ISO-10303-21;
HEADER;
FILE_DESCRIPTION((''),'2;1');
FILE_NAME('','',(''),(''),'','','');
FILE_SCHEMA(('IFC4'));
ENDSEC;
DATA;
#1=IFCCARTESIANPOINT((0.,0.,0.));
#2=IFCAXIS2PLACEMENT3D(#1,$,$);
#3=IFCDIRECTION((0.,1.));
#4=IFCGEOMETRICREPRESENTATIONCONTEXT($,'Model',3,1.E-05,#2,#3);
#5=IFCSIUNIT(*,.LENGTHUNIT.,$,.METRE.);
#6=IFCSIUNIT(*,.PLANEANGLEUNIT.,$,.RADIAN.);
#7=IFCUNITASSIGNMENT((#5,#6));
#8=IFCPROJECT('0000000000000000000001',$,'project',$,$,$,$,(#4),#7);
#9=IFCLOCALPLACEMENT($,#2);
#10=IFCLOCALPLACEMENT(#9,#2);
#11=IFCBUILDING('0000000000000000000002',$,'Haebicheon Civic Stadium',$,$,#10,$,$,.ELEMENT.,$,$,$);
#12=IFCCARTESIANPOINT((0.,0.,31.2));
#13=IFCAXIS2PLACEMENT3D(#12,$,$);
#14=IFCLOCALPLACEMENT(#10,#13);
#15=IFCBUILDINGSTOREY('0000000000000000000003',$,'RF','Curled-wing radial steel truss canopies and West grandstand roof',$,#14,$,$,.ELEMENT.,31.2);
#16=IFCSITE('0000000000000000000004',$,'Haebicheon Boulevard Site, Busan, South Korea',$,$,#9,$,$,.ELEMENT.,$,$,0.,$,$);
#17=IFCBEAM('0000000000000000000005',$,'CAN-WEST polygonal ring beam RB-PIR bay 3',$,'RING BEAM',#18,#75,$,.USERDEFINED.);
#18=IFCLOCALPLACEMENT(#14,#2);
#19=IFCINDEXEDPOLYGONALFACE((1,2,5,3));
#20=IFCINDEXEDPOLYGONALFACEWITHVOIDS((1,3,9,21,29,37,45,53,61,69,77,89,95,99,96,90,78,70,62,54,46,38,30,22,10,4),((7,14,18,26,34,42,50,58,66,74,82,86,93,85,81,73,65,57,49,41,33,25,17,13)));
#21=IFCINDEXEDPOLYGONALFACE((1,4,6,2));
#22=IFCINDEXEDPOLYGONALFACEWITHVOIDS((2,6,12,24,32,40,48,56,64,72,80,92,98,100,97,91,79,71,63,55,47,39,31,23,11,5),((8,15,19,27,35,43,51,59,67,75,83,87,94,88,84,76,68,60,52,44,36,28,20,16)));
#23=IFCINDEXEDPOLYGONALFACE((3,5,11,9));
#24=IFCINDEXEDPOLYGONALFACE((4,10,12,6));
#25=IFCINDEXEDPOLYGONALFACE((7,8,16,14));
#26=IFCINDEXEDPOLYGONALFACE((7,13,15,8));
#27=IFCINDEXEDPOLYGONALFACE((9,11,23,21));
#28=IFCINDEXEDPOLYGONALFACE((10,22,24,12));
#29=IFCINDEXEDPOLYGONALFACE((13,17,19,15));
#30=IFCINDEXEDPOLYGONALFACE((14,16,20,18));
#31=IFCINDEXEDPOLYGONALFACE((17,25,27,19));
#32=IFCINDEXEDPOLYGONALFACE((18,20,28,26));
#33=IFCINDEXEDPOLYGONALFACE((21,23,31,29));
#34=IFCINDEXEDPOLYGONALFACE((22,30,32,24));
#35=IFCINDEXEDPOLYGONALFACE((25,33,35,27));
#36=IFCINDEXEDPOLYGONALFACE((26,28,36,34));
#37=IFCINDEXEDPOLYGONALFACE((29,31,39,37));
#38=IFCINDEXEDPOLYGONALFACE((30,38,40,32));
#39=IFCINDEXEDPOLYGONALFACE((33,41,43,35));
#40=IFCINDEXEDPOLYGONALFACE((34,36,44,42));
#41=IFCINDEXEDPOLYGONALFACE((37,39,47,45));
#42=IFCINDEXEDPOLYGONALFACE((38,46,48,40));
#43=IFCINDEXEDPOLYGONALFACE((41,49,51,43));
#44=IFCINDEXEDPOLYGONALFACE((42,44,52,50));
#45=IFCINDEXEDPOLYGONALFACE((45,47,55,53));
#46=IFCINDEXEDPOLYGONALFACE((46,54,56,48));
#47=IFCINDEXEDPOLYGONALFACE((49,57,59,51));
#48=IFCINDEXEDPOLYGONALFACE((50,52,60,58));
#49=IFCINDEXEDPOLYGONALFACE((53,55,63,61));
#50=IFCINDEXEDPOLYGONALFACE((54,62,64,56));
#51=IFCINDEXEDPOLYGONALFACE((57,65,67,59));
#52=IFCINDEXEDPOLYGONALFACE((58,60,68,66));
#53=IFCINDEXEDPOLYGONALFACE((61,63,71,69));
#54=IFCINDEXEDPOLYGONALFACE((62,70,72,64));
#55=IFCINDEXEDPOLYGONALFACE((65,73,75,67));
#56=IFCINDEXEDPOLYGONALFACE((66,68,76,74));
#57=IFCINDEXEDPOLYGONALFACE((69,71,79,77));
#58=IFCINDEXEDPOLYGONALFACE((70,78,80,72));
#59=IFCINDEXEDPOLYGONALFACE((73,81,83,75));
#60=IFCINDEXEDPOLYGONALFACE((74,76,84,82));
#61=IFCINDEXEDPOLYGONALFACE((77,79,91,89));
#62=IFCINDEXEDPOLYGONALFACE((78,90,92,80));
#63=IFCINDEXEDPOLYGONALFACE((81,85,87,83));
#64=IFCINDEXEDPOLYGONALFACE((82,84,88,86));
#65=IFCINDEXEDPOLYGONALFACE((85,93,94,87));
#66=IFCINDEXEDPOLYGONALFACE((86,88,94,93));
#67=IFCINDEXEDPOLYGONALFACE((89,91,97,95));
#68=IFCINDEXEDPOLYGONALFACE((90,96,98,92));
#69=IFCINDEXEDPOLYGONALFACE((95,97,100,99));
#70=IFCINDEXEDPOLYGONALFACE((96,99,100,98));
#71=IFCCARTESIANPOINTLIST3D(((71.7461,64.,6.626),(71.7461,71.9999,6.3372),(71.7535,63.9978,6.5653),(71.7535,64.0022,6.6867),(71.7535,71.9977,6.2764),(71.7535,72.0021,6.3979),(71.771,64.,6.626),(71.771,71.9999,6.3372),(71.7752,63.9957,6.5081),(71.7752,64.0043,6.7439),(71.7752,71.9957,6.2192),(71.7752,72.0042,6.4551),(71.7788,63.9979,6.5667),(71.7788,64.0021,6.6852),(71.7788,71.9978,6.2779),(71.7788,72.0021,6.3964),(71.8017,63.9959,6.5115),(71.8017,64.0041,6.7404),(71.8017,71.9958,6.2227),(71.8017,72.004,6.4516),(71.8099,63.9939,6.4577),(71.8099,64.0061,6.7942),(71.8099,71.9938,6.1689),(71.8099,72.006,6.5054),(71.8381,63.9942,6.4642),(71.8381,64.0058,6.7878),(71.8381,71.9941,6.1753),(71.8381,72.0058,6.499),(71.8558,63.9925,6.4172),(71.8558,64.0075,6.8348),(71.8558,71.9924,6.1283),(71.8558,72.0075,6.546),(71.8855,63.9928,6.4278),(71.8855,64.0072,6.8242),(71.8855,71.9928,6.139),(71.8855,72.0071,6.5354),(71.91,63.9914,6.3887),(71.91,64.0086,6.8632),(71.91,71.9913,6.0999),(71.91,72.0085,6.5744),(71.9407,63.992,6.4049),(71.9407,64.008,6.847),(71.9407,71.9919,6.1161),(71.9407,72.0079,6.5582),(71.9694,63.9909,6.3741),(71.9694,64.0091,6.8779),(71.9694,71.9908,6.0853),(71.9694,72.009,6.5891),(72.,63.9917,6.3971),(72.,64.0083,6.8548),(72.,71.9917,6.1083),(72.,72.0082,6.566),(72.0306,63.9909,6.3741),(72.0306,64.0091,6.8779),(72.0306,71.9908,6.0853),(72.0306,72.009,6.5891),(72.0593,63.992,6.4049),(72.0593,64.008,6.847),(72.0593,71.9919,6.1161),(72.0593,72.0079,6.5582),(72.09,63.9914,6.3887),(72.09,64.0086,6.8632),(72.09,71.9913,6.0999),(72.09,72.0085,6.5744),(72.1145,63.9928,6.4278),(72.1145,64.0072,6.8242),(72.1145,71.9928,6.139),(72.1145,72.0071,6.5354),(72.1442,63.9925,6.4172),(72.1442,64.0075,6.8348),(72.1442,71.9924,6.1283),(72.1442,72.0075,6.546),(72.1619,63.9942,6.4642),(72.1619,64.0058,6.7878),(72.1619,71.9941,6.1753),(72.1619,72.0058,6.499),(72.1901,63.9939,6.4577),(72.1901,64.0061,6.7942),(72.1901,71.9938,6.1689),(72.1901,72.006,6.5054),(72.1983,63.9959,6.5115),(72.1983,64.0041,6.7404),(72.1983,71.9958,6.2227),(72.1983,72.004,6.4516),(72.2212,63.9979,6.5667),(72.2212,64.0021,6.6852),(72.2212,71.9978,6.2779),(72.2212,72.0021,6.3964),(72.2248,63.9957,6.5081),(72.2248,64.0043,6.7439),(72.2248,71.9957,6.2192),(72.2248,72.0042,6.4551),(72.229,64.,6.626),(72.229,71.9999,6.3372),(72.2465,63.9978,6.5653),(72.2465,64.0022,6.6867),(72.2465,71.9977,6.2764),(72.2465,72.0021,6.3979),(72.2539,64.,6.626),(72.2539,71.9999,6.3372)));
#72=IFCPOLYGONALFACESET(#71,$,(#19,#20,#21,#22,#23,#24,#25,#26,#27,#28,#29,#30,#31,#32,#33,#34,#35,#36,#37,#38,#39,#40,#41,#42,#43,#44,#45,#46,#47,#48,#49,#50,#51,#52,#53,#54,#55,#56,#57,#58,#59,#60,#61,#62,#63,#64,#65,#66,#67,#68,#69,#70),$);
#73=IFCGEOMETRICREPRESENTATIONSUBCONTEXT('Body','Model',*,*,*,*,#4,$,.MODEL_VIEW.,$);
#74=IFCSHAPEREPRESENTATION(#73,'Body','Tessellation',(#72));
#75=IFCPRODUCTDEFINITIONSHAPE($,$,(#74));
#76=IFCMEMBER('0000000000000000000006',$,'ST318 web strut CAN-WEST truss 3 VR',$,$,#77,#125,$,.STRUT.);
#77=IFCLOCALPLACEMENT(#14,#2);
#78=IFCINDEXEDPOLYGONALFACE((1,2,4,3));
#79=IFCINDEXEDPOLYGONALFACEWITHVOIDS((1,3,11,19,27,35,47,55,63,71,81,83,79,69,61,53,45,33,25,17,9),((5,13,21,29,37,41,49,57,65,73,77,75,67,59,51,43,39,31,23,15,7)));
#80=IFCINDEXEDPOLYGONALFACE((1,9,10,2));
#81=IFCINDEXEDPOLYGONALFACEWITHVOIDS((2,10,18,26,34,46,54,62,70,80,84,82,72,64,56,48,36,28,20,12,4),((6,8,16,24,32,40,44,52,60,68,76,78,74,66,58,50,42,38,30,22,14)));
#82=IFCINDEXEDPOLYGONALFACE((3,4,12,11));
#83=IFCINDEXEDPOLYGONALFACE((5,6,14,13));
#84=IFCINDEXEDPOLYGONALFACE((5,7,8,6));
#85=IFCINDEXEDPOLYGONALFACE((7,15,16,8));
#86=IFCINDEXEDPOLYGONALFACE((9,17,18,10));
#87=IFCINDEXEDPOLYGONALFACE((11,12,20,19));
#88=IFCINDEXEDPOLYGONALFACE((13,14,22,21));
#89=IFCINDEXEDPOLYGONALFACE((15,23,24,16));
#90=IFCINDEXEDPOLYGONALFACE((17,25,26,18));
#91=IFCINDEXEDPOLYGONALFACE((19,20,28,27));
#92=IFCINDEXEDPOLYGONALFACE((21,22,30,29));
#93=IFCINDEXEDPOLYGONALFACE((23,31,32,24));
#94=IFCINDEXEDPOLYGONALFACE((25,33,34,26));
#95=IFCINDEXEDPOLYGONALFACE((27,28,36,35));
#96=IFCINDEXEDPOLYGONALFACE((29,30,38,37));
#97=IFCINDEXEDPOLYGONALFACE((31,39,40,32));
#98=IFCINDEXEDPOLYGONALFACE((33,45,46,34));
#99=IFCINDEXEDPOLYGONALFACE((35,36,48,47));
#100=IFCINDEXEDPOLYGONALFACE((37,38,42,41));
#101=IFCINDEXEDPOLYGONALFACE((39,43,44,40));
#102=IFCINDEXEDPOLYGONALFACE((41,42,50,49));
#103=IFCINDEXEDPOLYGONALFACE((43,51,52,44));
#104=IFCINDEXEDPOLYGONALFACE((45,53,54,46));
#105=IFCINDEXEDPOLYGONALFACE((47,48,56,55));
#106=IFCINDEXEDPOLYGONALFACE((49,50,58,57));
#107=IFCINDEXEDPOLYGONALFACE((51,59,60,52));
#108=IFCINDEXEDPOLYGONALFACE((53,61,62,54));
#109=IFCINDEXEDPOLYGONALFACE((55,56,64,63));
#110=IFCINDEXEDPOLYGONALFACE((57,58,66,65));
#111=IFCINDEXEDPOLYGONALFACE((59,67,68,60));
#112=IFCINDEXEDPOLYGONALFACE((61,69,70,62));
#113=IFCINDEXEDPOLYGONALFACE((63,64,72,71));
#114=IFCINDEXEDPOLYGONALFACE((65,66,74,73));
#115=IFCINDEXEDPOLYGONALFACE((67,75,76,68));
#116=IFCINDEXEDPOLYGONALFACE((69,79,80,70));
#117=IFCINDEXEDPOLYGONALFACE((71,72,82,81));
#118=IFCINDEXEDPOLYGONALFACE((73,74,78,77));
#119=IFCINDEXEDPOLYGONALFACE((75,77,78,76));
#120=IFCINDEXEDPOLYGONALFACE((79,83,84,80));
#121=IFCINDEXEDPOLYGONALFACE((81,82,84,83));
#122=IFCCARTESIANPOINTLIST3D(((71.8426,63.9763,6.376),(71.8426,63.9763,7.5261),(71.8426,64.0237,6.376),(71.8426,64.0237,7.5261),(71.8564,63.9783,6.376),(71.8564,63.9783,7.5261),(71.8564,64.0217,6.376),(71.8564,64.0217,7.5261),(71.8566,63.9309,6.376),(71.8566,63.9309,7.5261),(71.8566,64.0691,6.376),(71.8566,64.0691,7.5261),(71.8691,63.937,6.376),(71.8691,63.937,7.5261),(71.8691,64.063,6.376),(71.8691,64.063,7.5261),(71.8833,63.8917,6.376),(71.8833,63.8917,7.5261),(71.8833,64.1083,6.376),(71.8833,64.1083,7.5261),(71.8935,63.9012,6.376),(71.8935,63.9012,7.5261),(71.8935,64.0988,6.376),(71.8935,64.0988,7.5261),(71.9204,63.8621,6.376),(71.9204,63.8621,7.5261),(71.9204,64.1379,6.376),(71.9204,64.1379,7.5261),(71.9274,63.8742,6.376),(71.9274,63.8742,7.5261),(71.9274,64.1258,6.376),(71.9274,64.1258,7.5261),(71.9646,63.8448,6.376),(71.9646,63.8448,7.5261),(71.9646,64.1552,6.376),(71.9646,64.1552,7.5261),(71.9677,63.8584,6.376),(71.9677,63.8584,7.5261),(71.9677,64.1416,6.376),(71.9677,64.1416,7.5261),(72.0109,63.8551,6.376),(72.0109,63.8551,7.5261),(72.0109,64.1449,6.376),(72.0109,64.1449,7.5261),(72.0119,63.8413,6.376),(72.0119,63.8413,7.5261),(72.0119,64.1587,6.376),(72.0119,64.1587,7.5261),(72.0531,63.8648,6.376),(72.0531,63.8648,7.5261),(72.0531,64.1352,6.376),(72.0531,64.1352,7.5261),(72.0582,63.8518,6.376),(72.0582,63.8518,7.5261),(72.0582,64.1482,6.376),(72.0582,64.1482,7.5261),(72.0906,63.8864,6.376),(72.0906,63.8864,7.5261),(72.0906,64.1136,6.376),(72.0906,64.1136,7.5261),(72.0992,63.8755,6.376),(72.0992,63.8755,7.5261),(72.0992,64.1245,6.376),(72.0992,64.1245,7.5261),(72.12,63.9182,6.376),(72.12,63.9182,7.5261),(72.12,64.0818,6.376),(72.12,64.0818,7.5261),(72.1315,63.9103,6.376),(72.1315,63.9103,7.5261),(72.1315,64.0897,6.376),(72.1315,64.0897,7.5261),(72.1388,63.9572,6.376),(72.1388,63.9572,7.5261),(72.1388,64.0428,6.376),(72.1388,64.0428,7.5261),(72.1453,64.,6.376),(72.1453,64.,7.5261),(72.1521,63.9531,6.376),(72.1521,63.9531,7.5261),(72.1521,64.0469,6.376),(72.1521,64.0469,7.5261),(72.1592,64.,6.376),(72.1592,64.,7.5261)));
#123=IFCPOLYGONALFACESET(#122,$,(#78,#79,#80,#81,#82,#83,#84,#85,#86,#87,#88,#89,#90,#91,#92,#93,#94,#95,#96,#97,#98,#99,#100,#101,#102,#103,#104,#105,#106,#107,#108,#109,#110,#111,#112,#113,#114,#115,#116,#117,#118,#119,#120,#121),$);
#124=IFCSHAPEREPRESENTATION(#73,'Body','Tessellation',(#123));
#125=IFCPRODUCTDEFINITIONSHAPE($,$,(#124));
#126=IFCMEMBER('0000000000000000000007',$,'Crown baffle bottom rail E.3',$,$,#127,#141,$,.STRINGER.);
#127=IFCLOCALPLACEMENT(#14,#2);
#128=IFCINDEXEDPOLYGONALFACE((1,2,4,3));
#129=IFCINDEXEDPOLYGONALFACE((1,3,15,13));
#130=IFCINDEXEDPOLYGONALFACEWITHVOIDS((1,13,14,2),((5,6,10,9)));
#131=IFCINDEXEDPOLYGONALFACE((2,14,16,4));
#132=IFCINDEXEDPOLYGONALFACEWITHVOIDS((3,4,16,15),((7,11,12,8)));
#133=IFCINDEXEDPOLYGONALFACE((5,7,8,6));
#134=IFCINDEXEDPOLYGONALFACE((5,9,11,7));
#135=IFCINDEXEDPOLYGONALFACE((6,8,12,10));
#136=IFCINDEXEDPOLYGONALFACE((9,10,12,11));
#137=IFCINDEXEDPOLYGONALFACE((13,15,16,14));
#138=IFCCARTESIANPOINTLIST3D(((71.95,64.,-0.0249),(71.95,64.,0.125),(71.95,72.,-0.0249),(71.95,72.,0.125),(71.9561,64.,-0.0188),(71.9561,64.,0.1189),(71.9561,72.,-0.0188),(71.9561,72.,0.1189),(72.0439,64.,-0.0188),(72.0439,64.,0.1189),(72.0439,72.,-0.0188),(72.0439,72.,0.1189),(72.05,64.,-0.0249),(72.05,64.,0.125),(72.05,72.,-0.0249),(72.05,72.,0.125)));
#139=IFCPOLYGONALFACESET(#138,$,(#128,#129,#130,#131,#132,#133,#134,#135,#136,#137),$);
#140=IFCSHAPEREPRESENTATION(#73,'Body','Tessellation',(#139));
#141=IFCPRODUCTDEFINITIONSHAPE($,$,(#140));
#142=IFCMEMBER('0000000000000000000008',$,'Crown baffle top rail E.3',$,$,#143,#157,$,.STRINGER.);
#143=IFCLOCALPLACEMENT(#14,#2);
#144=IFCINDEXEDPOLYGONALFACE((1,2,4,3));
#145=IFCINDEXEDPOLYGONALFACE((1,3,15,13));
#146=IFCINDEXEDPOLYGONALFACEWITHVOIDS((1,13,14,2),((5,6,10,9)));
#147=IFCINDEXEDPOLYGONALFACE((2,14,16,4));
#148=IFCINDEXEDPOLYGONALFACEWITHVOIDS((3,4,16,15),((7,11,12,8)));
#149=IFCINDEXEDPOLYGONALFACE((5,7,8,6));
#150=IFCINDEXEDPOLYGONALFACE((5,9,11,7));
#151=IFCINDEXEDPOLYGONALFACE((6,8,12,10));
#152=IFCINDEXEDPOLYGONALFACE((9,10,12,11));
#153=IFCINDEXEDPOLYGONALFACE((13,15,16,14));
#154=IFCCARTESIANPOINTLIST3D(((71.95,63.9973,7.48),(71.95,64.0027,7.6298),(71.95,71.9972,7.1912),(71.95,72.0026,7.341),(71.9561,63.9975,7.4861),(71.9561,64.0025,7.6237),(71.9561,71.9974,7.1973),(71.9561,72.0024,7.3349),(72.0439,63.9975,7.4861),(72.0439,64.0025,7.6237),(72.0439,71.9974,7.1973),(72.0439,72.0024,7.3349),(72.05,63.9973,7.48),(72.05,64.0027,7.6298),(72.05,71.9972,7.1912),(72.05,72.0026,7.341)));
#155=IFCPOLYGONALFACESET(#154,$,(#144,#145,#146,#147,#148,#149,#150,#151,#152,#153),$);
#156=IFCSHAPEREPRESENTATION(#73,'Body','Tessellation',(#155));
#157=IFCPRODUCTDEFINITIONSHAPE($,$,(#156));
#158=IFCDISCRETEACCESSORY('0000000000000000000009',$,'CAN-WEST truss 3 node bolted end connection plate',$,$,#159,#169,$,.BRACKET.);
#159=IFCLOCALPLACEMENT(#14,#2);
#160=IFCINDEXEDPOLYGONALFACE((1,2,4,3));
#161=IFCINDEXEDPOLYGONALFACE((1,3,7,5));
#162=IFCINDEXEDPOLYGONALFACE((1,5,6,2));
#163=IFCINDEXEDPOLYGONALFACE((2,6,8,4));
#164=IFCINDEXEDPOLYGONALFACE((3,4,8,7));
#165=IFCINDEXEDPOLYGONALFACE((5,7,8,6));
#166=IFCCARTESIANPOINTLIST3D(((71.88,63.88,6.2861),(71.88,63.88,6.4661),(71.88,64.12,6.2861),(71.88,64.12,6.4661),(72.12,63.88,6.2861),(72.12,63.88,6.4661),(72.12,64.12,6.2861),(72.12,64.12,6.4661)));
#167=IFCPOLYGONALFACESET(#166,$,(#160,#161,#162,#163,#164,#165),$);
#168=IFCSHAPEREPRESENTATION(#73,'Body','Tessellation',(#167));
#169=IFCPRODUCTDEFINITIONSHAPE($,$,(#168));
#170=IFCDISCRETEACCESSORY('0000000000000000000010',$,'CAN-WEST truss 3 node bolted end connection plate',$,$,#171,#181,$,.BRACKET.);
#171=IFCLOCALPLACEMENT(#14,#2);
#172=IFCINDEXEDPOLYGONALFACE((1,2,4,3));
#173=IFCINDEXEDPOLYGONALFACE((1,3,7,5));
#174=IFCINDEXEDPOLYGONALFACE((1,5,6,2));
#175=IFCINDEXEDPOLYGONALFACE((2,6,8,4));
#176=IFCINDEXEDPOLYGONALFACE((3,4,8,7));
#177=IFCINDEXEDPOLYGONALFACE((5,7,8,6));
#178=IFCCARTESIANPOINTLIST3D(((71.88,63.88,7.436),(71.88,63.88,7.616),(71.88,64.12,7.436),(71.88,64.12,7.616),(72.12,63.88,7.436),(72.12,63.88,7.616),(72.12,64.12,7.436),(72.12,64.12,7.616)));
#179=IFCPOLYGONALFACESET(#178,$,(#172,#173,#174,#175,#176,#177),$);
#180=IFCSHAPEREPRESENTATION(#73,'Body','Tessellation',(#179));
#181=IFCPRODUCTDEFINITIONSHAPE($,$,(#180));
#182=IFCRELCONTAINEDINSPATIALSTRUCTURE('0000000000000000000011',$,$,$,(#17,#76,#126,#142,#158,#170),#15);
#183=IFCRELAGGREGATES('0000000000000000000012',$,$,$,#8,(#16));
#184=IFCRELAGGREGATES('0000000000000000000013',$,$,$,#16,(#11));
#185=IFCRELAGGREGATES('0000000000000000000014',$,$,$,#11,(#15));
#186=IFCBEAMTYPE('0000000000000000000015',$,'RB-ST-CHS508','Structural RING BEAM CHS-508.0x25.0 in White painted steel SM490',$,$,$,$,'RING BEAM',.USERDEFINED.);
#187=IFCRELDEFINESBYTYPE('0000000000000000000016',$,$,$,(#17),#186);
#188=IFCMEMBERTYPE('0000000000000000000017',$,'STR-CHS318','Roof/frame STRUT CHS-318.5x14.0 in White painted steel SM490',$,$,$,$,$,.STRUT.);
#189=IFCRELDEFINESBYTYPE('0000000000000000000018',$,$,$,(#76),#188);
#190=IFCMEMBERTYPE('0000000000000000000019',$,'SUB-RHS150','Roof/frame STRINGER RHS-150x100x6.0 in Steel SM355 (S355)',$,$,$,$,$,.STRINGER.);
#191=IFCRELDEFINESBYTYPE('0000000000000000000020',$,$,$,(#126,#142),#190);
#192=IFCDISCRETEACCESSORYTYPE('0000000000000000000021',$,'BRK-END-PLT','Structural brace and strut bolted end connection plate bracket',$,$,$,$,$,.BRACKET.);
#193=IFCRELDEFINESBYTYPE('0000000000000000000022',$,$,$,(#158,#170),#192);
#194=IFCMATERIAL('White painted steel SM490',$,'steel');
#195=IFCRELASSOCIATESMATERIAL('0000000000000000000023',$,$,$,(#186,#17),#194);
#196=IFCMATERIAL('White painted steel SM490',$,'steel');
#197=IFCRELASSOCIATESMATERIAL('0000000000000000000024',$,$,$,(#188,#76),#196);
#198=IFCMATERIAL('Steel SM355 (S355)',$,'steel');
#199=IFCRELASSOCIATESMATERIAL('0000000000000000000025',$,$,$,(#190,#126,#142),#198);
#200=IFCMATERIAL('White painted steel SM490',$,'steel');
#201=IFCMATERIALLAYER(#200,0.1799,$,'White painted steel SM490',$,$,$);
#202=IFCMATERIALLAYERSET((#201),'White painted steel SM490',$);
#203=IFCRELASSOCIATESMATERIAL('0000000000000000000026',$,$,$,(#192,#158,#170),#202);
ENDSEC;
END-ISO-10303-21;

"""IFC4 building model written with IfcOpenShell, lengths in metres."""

from ifc_helpers import new_model, si_unit, direction, frame, origin, origin_2d, place, context, subcontext, project, spatial, rectangle, hollow_rectangle, hollow_circle, extrude, material, layer, layer_set, material_profile, profile_set, type_object, element, save


model = new_model("IFC4")

# Units and contexts
model_context = context("Model", 3, precision=1e-05, world=origin(), true_north=direction((0.0, 1.0)))
body_context = subcontext(model_context, "Body", "Model", "MODEL_VIEW")
ifc_project = project(units=[si_unit("LENGTHUNIT", "METRE"), si_unit("PLANEANGLEUNIT", "RADIAN")], contexts=[model_context])

# Site, building, storey
site_placement = place(None, origin())
site = spatial("IfcSite", under=ifc_project, at=site_placement, Name="Haebicheon Boulevard Site, Busan, South Korea", CompositionType="ELEMENT", RefElevation=0.0)
building_placement = place(site_placement, origin())
building = spatial("IfcBuilding", under=site, at=building_placement, Name="Haebicheon Civic Stadium", CompositionType="ELEMENT")
storey_placement = place(building_placement, frame((0.0, 0.0, 31.2)))
storey = spatial("IfcBuildingStorey", under=building, at=storey_placement, Name="RF", Description="Curled-wing radial steel truss canopies and West grandstand roof", CompositionType="ELEMENT", Elevation=31.2)

# Beam
ifc_material_1 = material(Name="White painted steel SM490", Category="steel")
ifc_material_profile_1 = material_profile(ifc_material_1, hollow_circle(Radius=0.2539, WallThickness=0.0249, at=origin_2d()), Name="CHS-508.0x25.0")
ifc_profile_set_1 = profile_set([ifc_material_profile_1], Name="White painted steel SM490")
beam_type = type_object("IfcBeamType", Name="RB-ST-CHS508", Description="Structural RING BEAM CHS-508.0x25.0 in White painted steel SM490", ElementType="RING BEAM", PredefinedType="USERDEFINED", material=ifc_profile_set_1)
beam_placement = place(storey_placement, frame((72.0, 64.0, 6.626), z_axis=(0.0, 0.999349, -0.036079), x_axis=(-1.0, 0.0, 0.0)))
element("IfcBeam", 1, at=beam_placement, inside=storey, type_object=beam_type, material=ifc_profile_set_1, Name="CAN-WEST polygonal ring beam RB-PIR bay 3", ObjectType="RING BEAM", PredefinedType="USERDEFINED", context=body_context, shape_type="SweptSolid", body=[
    extrude(hollow_circle(Radius=0.2539, WallThickness=0.0249, at=origin_2d()), origin(), (0.0, 0.0, 1.0), 8.0051),
])

# Members
ifc_material_2 = material(Name="White painted steel SM490", Category="steel")
ifc_material_profile_2 = material_profile(ifc_material_2, hollow_circle(Radius=0.1592, WallThickness=0.0139, at=origin_2d()), Name="CHS-318.5x14.0")
ifc_profile_set_2 = profile_set([ifc_material_profile_2], Name="White painted steel SM490")
member_type_1 = type_object("IfcMemberType", Name="STR-CHS318", Description="Roof/frame STRUT CHS-318.5x14.0 in White painted steel SM490", PredefinedType="STRUT", material=ifc_profile_set_2)
member_1_placement = place(storey_placement, frame((72.0, 64.0, 6.376), z_axis=(0.0, 0.0, 1.0), x_axis=(1.0, 0.0, 0.0)))
element("IfcMember", 2, at=member_1_placement, inside=storey, type_object=member_type_1, material=ifc_profile_set_2, Name="ST318 web strut CAN-WEST truss 3 VR", PredefinedType="STRUT", context=body_context, shape_type="SweptSolid", body=[
    extrude(hollow_circle(Radius=0.1592, WallThickness=0.0139, at=origin_2d()), origin(), (0.0, 0.0, 1.0), 1.1501),
])
ifc_material_3 = material(Name="Steel SM355 (S355)", Category="steel")
ifc_material_profile_3 = material_profile(ifc_material_3, hollow_rectangle(XDim=0.1001, YDim=0.1499, WallThickness=0.0061, at=origin_2d()), Name="RHS-150x100x6.0")
ifc_profile_set_3 = profile_set([ifc_material_profile_3], Name="Steel SM355 (S355)")
member_type_2 = type_object("IfcMemberType", Name="SUB-RHS150", Description="Roof/frame STRINGER RHS-150x100x6.0 in Steel SM355 (S355)", PredefinedType="STRINGER", material=ifc_profile_set_3)
member_2_placement = place(storey_placement, frame((72.0, 64.0, 0.05), z_axis=(0.0, 1.0, 0.0), x_axis=(-1.0, 0.0, 0.0)))
element("IfcMember", 3, at=member_2_placement, inside=storey, type_object=member_type_2, material=ifc_profile_set_3, Name="Crown baffle bottom rail E.3", PredefinedType="STRINGER", context=body_context, shape_type="SweptSolid", body=[
    extrude(hollow_rectangle(XDim=0.1001, YDim=0.1499, WallThickness=0.0061, at=origin_2d()), origin(), (0.0, 0.0, 1.0), 8.0),
])
member_3_placement = place(storey_placement, frame((72.0, 64.0, 7.5549), z_axis=(0.0, 0.999349, -0.036079), x_axis=(-1.0, 0.0, 0.0)))
element("IfcMember", 4, at=member_3_placement, inside=storey, type_object=member_type_2, material=ifc_profile_set_3, Name="Crown baffle top rail E.3", PredefinedType="STRINGER", context=body_context, shape_type="SweptSolid", body=[
    extrude(hollow_rectangle(XDim=0.1001, YDim=0.1499, WallThickness=0.0061, at=origin_2d()), origin(), (0.0, 0.0, 1.0), 8.0051),
])

# Discrete accessories
ifc_material_4 = material(Name="White painted steel SM490", Category="steel")
ifc_layer = layer(ifc_material_4, 0.1799, Name="White painted steel SM490")
ifc_layer_set = layer_set([ifc_layer], Name="White painted steel SM490")
discrete_accessory_type = type_object("IfcDiscreteAccessoryType", Name="BRK-END-PLT", Description="Structural brace and strut bolted end connection plate bracket", PredefinedType="BRACKET", material=ifc_layer_set)
for number, where, z_axis, x_axis, name in (
    (5, (72.0, 64.0, 6.2861), (0.0, 0.0, 1.0), (1.0, 0.0, 0.0), "CAN-WEST truss 3 node bolted end connection plate"),
    (6, (72.0, 64.0, 7.436), (0.0, 0.0, 1.0), (1.0, 0.0, 0.0), "CAN-WEST truss 3 node bolted end connection plate"),
):
    element("IfcDiscreteAccessory", number, at=place(storey_placement, frame(where, z_axis=z_axis, x_axis=x_axis)), inside=storey, type_object=discrete_accessory_type, material=ifc_layer_set, Name=name, PredefinedType="BRACKET", context=body_context, shape_type="SweptSolid", body=[
        extrude(rectangle(XDim=0.24, YDim=0.24, at=origin_2d()), origin(), (0.0, 0.0, 1.0), 0.1799),
    ])

save(model, "model.ifc")
